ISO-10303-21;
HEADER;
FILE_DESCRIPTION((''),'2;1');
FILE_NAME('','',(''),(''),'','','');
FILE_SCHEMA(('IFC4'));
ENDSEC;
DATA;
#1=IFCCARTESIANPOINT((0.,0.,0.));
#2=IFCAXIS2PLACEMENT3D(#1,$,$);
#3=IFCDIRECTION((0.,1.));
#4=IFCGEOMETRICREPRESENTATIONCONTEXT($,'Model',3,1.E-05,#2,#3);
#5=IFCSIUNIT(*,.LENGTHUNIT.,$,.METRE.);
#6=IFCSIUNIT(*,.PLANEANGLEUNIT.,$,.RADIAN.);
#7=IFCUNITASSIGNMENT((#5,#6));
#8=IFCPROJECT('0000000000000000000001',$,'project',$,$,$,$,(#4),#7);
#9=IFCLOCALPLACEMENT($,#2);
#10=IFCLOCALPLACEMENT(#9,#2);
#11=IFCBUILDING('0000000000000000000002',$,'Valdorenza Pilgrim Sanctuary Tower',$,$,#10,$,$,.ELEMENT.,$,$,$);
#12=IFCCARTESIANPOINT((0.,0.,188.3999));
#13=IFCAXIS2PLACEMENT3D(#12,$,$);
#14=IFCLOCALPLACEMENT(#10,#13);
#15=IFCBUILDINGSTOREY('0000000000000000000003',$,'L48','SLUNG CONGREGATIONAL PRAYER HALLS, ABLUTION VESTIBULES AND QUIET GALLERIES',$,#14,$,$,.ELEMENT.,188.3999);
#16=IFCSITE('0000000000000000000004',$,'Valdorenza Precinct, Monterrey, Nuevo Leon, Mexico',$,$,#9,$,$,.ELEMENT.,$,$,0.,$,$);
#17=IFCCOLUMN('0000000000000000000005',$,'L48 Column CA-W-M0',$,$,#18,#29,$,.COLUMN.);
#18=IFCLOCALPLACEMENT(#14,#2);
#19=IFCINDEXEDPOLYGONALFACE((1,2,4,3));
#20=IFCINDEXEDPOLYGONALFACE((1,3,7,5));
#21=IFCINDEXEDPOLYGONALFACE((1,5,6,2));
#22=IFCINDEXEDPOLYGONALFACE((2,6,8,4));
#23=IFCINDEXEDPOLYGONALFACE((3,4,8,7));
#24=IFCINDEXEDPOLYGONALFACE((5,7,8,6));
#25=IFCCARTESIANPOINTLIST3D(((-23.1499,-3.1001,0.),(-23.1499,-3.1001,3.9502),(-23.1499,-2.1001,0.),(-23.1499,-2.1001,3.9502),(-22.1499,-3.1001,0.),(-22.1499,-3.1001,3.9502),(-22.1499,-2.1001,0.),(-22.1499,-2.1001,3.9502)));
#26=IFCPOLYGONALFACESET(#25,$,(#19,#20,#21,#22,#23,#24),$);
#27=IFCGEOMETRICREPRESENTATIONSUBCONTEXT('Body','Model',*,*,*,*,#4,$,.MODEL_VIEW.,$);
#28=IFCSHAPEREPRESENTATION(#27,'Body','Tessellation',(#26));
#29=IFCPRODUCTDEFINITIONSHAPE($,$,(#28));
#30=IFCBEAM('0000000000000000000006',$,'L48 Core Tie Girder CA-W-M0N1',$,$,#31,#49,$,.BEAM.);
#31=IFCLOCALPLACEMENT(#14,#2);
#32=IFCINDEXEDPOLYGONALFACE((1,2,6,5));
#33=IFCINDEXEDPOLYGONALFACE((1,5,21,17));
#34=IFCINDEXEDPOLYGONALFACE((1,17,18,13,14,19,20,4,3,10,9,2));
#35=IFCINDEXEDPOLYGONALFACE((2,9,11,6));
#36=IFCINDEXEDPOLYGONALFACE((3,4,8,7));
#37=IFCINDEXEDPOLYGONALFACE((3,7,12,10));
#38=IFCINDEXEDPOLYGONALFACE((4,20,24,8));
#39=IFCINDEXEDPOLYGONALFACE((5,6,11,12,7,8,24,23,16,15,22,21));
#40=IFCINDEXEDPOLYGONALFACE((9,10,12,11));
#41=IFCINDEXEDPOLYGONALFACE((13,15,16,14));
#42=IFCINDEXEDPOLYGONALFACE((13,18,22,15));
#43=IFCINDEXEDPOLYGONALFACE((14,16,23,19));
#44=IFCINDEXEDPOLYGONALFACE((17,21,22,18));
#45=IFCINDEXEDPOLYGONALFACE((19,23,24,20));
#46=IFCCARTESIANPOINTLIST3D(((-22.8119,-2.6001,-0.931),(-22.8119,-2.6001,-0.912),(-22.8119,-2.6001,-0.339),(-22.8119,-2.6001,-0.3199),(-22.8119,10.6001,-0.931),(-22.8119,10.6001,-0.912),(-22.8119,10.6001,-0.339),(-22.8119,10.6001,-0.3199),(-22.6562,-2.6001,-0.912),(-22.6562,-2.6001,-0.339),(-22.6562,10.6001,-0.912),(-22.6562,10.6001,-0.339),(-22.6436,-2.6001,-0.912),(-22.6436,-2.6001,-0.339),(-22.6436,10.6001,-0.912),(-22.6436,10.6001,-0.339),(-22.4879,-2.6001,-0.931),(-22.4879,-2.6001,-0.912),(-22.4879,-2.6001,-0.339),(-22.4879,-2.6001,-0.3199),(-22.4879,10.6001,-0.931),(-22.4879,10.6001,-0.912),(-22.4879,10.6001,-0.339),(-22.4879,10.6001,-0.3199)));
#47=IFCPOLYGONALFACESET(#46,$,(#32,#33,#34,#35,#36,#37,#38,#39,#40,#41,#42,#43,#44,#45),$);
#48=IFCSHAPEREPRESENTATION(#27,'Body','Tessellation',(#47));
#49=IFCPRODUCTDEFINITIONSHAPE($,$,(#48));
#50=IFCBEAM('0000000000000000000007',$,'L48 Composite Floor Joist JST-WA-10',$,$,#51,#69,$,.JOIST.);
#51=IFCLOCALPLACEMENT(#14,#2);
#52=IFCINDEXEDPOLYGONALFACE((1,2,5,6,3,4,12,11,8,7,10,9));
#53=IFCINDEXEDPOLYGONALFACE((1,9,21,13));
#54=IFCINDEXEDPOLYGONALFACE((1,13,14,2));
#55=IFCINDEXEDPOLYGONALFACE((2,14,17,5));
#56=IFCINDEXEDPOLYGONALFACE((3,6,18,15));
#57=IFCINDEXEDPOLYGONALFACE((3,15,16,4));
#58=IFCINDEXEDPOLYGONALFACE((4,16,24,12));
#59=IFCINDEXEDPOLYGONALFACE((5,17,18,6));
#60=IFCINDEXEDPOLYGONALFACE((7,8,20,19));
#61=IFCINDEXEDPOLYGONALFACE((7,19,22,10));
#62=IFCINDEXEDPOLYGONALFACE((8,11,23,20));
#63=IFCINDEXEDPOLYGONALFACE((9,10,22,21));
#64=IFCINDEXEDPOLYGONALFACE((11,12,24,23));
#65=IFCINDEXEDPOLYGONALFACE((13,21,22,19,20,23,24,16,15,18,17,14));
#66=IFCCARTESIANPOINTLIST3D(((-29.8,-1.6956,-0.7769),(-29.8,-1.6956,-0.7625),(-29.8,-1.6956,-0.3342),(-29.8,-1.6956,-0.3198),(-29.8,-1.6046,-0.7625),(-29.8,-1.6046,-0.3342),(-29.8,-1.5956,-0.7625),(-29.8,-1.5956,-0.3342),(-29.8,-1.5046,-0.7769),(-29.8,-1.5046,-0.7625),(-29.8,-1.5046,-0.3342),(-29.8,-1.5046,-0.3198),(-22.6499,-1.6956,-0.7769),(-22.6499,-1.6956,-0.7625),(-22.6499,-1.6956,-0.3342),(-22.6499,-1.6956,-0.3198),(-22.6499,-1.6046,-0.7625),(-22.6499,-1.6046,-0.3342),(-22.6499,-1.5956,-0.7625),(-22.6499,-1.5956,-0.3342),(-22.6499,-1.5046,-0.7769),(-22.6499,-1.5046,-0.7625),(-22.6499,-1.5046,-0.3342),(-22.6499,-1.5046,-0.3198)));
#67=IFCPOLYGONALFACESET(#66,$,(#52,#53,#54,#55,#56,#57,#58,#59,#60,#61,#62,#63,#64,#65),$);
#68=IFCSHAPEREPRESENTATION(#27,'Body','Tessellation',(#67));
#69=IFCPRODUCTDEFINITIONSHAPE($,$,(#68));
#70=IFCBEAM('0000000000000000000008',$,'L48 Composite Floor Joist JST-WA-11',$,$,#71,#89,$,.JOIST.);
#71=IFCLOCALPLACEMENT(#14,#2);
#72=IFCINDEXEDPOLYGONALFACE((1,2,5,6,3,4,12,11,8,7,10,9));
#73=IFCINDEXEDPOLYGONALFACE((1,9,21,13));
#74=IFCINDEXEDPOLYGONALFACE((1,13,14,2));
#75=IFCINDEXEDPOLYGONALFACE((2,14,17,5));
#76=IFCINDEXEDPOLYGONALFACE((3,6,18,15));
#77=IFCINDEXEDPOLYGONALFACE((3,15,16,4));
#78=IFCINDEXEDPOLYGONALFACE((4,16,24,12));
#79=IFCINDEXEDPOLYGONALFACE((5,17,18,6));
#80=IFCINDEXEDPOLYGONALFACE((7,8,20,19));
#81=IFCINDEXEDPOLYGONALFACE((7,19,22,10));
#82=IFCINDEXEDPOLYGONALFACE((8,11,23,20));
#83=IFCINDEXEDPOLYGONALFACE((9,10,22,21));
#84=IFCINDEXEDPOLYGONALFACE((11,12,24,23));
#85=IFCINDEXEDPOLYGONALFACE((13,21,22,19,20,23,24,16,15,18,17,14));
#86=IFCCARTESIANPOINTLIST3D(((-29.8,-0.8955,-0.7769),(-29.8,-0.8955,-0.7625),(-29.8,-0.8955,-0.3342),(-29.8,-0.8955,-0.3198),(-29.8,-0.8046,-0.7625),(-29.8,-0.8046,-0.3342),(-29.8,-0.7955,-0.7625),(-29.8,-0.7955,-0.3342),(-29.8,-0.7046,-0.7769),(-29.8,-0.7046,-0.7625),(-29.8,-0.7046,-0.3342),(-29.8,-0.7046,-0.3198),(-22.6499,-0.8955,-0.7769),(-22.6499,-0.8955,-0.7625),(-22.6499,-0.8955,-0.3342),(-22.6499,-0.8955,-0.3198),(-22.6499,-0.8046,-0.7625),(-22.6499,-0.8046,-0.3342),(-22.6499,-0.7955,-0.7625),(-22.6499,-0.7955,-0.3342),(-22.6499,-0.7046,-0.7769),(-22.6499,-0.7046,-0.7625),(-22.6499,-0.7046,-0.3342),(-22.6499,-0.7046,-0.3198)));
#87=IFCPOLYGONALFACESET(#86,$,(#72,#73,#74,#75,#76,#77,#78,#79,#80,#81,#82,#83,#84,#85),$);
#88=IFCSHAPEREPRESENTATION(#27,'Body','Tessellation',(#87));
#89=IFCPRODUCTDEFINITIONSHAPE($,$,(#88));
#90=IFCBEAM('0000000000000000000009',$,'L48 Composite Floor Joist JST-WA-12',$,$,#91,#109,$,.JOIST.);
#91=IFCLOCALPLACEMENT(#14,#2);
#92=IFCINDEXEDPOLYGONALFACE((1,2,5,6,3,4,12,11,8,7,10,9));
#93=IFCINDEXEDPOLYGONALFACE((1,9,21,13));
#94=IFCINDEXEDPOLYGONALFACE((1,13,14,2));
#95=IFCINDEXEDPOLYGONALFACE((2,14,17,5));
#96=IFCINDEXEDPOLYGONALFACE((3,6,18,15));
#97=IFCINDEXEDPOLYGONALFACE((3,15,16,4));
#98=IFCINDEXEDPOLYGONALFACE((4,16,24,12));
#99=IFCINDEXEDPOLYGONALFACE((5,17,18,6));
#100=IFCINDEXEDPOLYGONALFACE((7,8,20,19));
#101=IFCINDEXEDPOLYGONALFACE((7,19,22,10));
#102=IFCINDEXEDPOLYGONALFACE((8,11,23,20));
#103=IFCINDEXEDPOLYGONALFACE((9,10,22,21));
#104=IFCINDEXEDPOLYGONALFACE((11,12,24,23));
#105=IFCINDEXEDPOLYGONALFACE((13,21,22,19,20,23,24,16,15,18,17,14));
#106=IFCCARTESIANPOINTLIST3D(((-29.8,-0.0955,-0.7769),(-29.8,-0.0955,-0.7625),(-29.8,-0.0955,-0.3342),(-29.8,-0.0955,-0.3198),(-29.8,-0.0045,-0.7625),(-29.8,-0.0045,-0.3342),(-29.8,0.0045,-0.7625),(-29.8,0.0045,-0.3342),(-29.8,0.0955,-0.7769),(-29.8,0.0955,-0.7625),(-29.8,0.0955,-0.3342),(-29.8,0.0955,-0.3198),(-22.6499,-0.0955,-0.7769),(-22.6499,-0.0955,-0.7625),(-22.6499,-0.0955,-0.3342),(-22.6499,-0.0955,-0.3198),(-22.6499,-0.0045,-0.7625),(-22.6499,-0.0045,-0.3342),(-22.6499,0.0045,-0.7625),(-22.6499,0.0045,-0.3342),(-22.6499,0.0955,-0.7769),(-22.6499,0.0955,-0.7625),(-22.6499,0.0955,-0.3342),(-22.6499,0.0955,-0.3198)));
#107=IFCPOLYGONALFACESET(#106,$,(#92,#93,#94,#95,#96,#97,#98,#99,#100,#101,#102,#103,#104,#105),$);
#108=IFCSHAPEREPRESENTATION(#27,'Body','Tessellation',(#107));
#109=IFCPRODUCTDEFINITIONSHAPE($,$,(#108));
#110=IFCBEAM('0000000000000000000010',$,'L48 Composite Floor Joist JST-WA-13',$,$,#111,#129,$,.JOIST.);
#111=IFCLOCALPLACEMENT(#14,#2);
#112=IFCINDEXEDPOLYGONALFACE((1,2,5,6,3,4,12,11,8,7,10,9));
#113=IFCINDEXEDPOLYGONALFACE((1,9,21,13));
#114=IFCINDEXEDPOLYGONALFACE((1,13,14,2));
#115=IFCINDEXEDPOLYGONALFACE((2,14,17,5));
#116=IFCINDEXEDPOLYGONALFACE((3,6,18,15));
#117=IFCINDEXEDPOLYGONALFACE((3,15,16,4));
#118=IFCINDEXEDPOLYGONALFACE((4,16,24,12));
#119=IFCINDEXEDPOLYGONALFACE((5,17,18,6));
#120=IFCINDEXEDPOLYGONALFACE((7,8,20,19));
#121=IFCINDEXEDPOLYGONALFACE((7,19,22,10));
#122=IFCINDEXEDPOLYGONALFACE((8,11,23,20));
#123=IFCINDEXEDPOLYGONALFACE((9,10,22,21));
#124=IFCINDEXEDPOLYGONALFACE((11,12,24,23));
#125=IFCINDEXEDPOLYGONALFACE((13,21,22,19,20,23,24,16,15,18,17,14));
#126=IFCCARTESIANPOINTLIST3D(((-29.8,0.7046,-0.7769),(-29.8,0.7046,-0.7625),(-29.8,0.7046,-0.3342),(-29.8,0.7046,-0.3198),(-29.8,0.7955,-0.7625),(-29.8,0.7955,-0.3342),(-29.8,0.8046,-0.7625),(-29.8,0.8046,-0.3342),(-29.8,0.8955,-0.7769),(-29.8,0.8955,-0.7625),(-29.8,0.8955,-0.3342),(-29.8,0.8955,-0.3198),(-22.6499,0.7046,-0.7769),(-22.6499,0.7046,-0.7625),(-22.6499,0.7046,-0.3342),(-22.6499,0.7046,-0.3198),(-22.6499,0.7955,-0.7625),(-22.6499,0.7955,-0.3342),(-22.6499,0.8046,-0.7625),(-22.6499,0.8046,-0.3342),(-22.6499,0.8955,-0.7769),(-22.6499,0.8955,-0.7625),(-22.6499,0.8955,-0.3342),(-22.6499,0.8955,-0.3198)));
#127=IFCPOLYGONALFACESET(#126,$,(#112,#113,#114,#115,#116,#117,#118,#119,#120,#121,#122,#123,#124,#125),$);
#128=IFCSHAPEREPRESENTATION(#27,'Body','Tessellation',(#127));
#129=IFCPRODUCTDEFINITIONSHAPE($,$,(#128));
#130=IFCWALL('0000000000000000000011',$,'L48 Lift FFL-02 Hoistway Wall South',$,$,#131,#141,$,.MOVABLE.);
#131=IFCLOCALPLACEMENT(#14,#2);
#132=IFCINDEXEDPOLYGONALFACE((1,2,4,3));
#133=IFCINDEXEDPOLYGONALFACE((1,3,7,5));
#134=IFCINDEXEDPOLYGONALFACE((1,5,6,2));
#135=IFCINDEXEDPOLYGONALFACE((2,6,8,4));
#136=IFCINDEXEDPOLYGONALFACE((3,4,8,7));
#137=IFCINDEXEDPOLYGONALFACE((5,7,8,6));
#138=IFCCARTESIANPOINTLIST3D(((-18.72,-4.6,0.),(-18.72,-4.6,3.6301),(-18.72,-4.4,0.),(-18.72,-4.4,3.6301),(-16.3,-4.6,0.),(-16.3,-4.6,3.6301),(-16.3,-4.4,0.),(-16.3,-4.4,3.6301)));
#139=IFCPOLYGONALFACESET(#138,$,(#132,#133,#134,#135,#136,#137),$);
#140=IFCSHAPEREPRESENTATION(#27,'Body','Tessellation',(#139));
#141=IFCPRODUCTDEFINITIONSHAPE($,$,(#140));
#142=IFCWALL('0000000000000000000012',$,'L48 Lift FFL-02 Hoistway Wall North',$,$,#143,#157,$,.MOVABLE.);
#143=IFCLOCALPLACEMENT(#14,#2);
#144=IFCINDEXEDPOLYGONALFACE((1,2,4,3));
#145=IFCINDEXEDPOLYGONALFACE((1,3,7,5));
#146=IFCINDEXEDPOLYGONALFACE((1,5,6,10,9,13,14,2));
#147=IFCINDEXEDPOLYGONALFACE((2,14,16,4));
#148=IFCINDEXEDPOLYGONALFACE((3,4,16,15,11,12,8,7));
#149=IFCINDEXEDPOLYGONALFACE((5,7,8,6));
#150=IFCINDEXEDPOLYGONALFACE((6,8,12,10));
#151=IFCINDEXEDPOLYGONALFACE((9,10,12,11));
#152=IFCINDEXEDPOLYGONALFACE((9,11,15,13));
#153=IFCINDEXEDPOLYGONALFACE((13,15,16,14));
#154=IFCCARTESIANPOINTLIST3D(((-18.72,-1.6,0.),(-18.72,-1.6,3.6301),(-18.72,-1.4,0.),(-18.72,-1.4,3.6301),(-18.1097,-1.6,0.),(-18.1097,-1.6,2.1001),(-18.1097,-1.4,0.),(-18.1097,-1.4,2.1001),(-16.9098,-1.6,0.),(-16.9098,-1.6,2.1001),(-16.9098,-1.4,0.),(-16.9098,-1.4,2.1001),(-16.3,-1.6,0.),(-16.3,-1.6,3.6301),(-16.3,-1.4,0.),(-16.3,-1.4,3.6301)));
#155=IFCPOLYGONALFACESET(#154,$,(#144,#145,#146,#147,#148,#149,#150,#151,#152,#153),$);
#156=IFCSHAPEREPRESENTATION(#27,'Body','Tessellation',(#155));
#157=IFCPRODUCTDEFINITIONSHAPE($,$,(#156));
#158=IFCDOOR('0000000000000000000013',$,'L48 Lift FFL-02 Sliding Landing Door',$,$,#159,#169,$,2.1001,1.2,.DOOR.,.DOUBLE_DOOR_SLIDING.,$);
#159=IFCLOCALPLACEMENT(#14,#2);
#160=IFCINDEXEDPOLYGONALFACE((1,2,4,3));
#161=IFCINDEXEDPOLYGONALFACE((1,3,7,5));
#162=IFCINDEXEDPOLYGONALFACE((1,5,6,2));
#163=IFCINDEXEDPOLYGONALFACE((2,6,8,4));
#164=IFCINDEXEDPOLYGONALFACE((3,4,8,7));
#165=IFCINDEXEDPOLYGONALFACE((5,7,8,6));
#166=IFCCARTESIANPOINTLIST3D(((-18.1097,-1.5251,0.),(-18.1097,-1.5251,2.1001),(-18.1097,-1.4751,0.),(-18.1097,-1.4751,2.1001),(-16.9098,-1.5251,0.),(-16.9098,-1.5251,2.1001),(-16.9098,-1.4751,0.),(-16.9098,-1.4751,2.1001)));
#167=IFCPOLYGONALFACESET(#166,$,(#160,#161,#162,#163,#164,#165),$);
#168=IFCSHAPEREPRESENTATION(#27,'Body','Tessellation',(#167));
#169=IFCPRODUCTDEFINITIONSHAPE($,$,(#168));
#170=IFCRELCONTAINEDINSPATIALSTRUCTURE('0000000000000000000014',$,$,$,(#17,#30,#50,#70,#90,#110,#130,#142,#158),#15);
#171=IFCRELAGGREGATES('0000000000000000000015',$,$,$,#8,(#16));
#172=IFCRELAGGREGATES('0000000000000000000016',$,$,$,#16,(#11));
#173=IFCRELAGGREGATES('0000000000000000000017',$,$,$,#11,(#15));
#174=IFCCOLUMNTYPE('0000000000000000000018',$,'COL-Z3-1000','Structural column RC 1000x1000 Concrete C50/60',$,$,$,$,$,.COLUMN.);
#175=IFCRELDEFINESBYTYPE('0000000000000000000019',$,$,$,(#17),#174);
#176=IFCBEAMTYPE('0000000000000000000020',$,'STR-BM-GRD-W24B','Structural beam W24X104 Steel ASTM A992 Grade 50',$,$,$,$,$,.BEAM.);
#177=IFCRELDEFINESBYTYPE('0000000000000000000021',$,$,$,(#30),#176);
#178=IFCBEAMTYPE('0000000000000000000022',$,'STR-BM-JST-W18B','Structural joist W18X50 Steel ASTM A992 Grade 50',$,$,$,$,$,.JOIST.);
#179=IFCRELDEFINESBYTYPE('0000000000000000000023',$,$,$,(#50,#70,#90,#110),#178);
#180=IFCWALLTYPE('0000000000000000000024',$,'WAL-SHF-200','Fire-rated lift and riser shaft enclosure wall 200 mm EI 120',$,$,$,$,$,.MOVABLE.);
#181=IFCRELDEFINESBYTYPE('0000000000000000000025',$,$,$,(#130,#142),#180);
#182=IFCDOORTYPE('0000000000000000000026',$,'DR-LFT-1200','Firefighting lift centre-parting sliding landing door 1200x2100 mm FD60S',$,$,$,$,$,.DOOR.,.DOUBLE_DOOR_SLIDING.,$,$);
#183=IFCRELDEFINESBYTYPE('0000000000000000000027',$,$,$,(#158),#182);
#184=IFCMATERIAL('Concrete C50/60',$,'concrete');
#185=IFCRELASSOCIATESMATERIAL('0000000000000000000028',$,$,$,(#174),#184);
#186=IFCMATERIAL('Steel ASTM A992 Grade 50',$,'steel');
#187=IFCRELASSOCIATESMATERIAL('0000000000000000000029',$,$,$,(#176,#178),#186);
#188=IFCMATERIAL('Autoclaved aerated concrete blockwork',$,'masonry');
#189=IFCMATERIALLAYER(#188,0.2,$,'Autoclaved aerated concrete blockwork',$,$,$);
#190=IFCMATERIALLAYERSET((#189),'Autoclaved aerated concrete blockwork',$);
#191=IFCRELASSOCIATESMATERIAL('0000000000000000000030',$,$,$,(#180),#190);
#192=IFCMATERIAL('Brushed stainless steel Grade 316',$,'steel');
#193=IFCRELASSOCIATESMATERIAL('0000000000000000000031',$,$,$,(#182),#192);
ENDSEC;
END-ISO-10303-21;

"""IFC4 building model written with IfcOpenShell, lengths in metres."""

from ifc_helpers import new_model, si_unit, direction, frame, frame_2d, origin, origin_2d, place, context, subcontext, project, spatial, rectangle, i_section, extrude, source, transform, mapped, material, layer, layer_set, material_profile, profile_set, type_object, element, fill, save


model = new_model("IFC4")

# Units and contexts
model_context = context("Model", 3, precision=1e-05, world=origin(), true_north=direction((0.0, 1.0)))
body_context = subcontext(model_context, "Body", "Model", "MODEL_VIEW")
ifc_project = project(units=[si_unit("LENGTHUNIT", "METRE"), si_unit("PLANEANGLEUNIT", "RADIAN")], contexts=[model_context])

# Site, building, storey
site_placement = place(None, origin())
site = spatial("IfcSite", under=ifc_project, at=site_placement, Name="Valdorenza Precinct, Monterrey, Nuevo Leon, Mexico", CompositionType="ELEMENT", RefElevation=0.0)
building_placement = place(site_placement, origin())
building = spatial("IfcBuilding", under=site, at=building_placement, Name="Valdorenza Pilgrim Sanctuary Tower", CompositionType="ELEMENT")
storey_placement = place(building_placement, frame((0.0, 0.0, 188.3999)))
storey = spatial("IfcBuildingStorey", under=building, at=storey_placement, Name="L48", Description="SLUNG CONGREGATIONAL PRAYER HALLS, ABLUTION VESTIBULES AND QUIET GALLERIES", CompositionType="ELEMENT", Elevation=188.3999)

# Column
ifc_material_1 = material(Name="Concrete C50/60", Category="concrete")
ifc_material_profile_1 = material_profile(ifc_material_1, rectangle(XDim=1.0, YDim=1.0, at=origin_2d()), Name="RC 1000x1000")
ifc_profile_set_1 = profile_set([ifc_material_profile_1], Name="Concrete C50/60")
column_type = type_object("IfcColumnType", Name="COL-Z3-1000", Description="Structural column RC 1000x1000 Concrete C50/60", PredefinedType="COLUMN", material=ifc_profile_set_1)
shared_shape_1 = source(origin(), body_context, "Body", "SweptSolid", [
    extrude(rectangle(XDim=1.0, YDim=1.0, at=origin_2d()), origin(), (0.0, 0.0, 1.0), 3.9502),
])
column_placement = place(storey_placement, frame((-22.6499, -2.6001, 0.0), z_axis=(0.0, 0.0, 1.0), x_axis=(1.0, 0.0, 0.0)))
element("IfcColumn", 1, at=column_placement, inside=storey, type_object=column_type, Name="L48 Column CA-W-M0", PredefinedType="COLUMN", context=body_context, shape_type="MappedRepresentation", body=[
    mapped(shared_shape_1, transform((0.0, 0.0, 0.0), x_axis=(1.0, 0.0, 0.0), y_axis=(0.0, 1.0, 0.0), z_axis=(0.0, 0.0, 1.0), scale=1.0)),
])

# Beams
ifc_material_2 = material(Name="Steel ASTM A992 Grade 50", Category="steel")
ifc_material_profile_2 = material_profile(ifc_material_2, i_section(OverallWidth=0.324, OverallDepth=0.6111, WebThickness=0.0127, FlangeThickness=0.019, at=origin_2d()), Name="W24X104")
ifc_profile_set_2 = profile_set([ifc_material_profile_2], Name="Steel ASTM A992 Grade 50")
beam_type_1 = type_object("IfcBeamType", Name="STR-BM-GRD-W24B", Description="Structural beam W24X104 Steel ASTM A992 Grade 50", PredefinedType="BEAM", material=ifc_profile_set_2)
shared_shape_2 = source(origin(), body_context, "Body", "SweptSolid", [
    extrude(i_section(OverallWidth=0.324, OverallDepth=0.6111, WebThickness=0.0127, FlangeThickness=0.019, at=origin_2d()), origin(), (0.0, 0.0, 1.0), 13.2002),
])
beam_placement = place(storey_placement, frame((-22.6499, -2.6001, -0.6255), z_axis=(0.0, 1.0, 0.0), x_axis=(-1.0, 0.0, 0.0)))
element("IfcBeam", 2, at=beam_placement, inside=storey, type_object=beam_type_1, Name="L48 Core Tie Girder CA-W-M0N1", PredefinedType="BEAM", context=body_context, shape_type="MappedRepresentation", body=[
    mapped(shared_shape_2, transform((0.0, 0.0, 0.0), x_axis=(1.0, 0.0, 0.0), y_axis=(0.0, 1.0, 0.0), z_axis=(0.0, 0.0, 1.0), scale=1.0)),
])
ifc_material_profile_3 = material_profile(ifc_material_2, i_section(OverallWidth=0.1909, OverallDepth=0.457, WebThickness=0.009, FlangeThickness=0.0144, at=origin_2d()), Name="W18X50")
ifc_profile_set_3 = profile_set([ifc_material_profile_3], Name="Steel ASTM A992 Grade 50")
beam_type_2 = type_object("IfcBeamType", Name="STR-BM-JST-W18B", Description="Structural joist W18X50 Steel ASTM A992 Grade 50", PredefinedType="JOIST", material=ifc_profile_set_3)
shared_shape_3 = source(origin(), body_context, "Body", "SweptSolid", [
    extrude(i_section(OverallWidth=0.1909, OverallDepth=0.457, WebThickness=0.009, FlangeThickness=0.0144, at=origin_2d()), origin(), (0.0, 0.0, 1.0), 7.1501),
])
for number, where, z_axis, x_axis, name in (
    (3, (-29.8, -1.6001, -0.5483), (1.0, 0.0, 0.0), (0.0, 1.0, 0.0), "L48 Composite Floor Joist JST-WA-10"),
    (4, (-29.8, -0.8, -0.5483), (1.0, 0.0, 0.0), (0.0, 1.0, 0.0), "L48 Composite Floor Joist JST-WA-11"),
    (5, (-29.8, 0.0, -0.5483), (1.0, 0.0, 0.0), (0.0, 1.0, 0.0), "L48 Composite Floor Joist JST-WA-12"),
    (6, (-29.8, 0.8, -0.5483), (1.0, 0.0, 0.0), (0.0, 1.0, 0.0), "L48 Composite Floor Joist JST-WA-13"),
):
    element("IfcBeam", number, at=place(storey_placement, frame(where, z_axis=z_axis, x_axis=x_axis)), inside=storey, type_object=beam_type_2, Name=name, PredefinedType="JOIST", context=body_context, shape_type="MappedRepresentation", body=[
        mapped(shared_shape_3, transform((0.0, 0.0, 0.0), x_axis=(1.0, 0.0, 0.0), y_axis=(0.0, 1.0, 0.0), z_axis=(0.0, 0.0, 1.0), scale=1.0)),
    ])

# Wall
ifc_material_3 = material(Name="Autoclaved aerated concrete blockwork", Category="masonry")
ifc_layer_1 = layer(ifc_material_3, 0.2, Name="Autoclaved aerated concrete blockwork")
ifc_layer_set_1 = layer_set([ifc_layer_1], Name="Autoclaved aerated concrete blockwork")
wall_type_1 = type_object("IfcWallType", Name="WAL-SHF-200", Description="Fire-rated lift and riser shaft enclosure wall 200 mm EI 120", PredefinedType="MOVABLE", material=ifc_layer_set_1)
wall_1_placement = place(storey_placement, frame((-18.72, -4.5, 0.0), z_axis=(0.0, 0.0, 1.0), x_axis=(1.0, 0.0, 0.0)))
element("IfcWall", 7, at=wall_1_placement, inside=storey, type_object=wall_type_1, Name="L48 Lift FFL-02 Hoistway Wall South", PredefinedType="MOVABLE", context=body_context, shape_type="SweptSolid", body=[
    extrude(rectangle(XDim=2.4199, YDim=0.2, at=frame_2d((1.21, 0.0))), origin(), (0.0, 0.0, 1.0), 3.6301),
])

# Wall, opening, door
wall_2_placement = place(storey_placement, frame((-18.72, -1.5, 0.0), z_axis=(0.0, 0.0, 1.0), x_axis=(1.0, 0.0, 0.0)))
wall_2 = element("IfcWall", 8, at=wall_2_placement, inside=storey, type_object=wall_type_1, Name="L48 Lift FFL-02 Hoistway Wall North", PredefinedType="MOVABLE", context=body_context, shape_type="SweptSolid", body=[
    extrude(rectangle(XDim=2.4199, YDim=0.2, at=frame_2d((1.21, 0.0))), origin(), (0.0, 0.0, 1.0), 3.6301),
])
opening_1_placement = place(wall_2_placement, frame((0.6101, 0.0, 0.0)))
opening_1 = element("IfcOpeningElement", 9, at=opening_1_placement, cuts=wall_2, PredefinedType="OPENING", context=body_context, shape_type="SweptSolid", body=[
    extrude(rectangle(XDim=1.2, YDim=2.1001, at=frame_2d((0.6001, 1.05))), frame((0.0, 0.1147, 0.0), z_axis=(0.0, -1.0, 0.0), x_axis=(1.0, 0.0, 0.0)), (0.0, 0.0, 1.0), 0.2297),
])
ifc_material_4 = material(Name="Brushed stainless steel Grade 316", Category="steel")
door_type_1 = type_object("IfcDoorType", Name="DR-LFT-1200", Description="Firefighting lift centre-parting sliding landing door 1200x2100 mm FD60S", OperationType="DOUBLE_DOOR_SLIDING", PredefinedType="DOOR", material=ifc_material_4)
door_1_placement = place(opening_1_placement, origin())
door_1 = element("IfcDoor", 10, at=door_1_placement, inside=storey, type_object=door_type_1, Name="L48 Lift FFL-02 Sliding Landing Door", OperationType="DOUBLE_DOOR_SLIDING", OverallHeight=2.1001, OverallWidth=1.2, PredefinedType="DOOR", context=body_context, shape_type="SweptSolid", body=[
    extrude(rectangle(XDim=1.2, YDim=2.1001, at=frame_2d((0.6001, 1.05))), frame((0.0, 0.0249, 0.0), z_axis=(0.0, -1.0, 0.0), x_axis=(1.0, 0.0, 0.0)), (0.0, 0.0, 1.0), 0.05),
])
fill(opening_1, door_1)

save(model, "model.ifc")
